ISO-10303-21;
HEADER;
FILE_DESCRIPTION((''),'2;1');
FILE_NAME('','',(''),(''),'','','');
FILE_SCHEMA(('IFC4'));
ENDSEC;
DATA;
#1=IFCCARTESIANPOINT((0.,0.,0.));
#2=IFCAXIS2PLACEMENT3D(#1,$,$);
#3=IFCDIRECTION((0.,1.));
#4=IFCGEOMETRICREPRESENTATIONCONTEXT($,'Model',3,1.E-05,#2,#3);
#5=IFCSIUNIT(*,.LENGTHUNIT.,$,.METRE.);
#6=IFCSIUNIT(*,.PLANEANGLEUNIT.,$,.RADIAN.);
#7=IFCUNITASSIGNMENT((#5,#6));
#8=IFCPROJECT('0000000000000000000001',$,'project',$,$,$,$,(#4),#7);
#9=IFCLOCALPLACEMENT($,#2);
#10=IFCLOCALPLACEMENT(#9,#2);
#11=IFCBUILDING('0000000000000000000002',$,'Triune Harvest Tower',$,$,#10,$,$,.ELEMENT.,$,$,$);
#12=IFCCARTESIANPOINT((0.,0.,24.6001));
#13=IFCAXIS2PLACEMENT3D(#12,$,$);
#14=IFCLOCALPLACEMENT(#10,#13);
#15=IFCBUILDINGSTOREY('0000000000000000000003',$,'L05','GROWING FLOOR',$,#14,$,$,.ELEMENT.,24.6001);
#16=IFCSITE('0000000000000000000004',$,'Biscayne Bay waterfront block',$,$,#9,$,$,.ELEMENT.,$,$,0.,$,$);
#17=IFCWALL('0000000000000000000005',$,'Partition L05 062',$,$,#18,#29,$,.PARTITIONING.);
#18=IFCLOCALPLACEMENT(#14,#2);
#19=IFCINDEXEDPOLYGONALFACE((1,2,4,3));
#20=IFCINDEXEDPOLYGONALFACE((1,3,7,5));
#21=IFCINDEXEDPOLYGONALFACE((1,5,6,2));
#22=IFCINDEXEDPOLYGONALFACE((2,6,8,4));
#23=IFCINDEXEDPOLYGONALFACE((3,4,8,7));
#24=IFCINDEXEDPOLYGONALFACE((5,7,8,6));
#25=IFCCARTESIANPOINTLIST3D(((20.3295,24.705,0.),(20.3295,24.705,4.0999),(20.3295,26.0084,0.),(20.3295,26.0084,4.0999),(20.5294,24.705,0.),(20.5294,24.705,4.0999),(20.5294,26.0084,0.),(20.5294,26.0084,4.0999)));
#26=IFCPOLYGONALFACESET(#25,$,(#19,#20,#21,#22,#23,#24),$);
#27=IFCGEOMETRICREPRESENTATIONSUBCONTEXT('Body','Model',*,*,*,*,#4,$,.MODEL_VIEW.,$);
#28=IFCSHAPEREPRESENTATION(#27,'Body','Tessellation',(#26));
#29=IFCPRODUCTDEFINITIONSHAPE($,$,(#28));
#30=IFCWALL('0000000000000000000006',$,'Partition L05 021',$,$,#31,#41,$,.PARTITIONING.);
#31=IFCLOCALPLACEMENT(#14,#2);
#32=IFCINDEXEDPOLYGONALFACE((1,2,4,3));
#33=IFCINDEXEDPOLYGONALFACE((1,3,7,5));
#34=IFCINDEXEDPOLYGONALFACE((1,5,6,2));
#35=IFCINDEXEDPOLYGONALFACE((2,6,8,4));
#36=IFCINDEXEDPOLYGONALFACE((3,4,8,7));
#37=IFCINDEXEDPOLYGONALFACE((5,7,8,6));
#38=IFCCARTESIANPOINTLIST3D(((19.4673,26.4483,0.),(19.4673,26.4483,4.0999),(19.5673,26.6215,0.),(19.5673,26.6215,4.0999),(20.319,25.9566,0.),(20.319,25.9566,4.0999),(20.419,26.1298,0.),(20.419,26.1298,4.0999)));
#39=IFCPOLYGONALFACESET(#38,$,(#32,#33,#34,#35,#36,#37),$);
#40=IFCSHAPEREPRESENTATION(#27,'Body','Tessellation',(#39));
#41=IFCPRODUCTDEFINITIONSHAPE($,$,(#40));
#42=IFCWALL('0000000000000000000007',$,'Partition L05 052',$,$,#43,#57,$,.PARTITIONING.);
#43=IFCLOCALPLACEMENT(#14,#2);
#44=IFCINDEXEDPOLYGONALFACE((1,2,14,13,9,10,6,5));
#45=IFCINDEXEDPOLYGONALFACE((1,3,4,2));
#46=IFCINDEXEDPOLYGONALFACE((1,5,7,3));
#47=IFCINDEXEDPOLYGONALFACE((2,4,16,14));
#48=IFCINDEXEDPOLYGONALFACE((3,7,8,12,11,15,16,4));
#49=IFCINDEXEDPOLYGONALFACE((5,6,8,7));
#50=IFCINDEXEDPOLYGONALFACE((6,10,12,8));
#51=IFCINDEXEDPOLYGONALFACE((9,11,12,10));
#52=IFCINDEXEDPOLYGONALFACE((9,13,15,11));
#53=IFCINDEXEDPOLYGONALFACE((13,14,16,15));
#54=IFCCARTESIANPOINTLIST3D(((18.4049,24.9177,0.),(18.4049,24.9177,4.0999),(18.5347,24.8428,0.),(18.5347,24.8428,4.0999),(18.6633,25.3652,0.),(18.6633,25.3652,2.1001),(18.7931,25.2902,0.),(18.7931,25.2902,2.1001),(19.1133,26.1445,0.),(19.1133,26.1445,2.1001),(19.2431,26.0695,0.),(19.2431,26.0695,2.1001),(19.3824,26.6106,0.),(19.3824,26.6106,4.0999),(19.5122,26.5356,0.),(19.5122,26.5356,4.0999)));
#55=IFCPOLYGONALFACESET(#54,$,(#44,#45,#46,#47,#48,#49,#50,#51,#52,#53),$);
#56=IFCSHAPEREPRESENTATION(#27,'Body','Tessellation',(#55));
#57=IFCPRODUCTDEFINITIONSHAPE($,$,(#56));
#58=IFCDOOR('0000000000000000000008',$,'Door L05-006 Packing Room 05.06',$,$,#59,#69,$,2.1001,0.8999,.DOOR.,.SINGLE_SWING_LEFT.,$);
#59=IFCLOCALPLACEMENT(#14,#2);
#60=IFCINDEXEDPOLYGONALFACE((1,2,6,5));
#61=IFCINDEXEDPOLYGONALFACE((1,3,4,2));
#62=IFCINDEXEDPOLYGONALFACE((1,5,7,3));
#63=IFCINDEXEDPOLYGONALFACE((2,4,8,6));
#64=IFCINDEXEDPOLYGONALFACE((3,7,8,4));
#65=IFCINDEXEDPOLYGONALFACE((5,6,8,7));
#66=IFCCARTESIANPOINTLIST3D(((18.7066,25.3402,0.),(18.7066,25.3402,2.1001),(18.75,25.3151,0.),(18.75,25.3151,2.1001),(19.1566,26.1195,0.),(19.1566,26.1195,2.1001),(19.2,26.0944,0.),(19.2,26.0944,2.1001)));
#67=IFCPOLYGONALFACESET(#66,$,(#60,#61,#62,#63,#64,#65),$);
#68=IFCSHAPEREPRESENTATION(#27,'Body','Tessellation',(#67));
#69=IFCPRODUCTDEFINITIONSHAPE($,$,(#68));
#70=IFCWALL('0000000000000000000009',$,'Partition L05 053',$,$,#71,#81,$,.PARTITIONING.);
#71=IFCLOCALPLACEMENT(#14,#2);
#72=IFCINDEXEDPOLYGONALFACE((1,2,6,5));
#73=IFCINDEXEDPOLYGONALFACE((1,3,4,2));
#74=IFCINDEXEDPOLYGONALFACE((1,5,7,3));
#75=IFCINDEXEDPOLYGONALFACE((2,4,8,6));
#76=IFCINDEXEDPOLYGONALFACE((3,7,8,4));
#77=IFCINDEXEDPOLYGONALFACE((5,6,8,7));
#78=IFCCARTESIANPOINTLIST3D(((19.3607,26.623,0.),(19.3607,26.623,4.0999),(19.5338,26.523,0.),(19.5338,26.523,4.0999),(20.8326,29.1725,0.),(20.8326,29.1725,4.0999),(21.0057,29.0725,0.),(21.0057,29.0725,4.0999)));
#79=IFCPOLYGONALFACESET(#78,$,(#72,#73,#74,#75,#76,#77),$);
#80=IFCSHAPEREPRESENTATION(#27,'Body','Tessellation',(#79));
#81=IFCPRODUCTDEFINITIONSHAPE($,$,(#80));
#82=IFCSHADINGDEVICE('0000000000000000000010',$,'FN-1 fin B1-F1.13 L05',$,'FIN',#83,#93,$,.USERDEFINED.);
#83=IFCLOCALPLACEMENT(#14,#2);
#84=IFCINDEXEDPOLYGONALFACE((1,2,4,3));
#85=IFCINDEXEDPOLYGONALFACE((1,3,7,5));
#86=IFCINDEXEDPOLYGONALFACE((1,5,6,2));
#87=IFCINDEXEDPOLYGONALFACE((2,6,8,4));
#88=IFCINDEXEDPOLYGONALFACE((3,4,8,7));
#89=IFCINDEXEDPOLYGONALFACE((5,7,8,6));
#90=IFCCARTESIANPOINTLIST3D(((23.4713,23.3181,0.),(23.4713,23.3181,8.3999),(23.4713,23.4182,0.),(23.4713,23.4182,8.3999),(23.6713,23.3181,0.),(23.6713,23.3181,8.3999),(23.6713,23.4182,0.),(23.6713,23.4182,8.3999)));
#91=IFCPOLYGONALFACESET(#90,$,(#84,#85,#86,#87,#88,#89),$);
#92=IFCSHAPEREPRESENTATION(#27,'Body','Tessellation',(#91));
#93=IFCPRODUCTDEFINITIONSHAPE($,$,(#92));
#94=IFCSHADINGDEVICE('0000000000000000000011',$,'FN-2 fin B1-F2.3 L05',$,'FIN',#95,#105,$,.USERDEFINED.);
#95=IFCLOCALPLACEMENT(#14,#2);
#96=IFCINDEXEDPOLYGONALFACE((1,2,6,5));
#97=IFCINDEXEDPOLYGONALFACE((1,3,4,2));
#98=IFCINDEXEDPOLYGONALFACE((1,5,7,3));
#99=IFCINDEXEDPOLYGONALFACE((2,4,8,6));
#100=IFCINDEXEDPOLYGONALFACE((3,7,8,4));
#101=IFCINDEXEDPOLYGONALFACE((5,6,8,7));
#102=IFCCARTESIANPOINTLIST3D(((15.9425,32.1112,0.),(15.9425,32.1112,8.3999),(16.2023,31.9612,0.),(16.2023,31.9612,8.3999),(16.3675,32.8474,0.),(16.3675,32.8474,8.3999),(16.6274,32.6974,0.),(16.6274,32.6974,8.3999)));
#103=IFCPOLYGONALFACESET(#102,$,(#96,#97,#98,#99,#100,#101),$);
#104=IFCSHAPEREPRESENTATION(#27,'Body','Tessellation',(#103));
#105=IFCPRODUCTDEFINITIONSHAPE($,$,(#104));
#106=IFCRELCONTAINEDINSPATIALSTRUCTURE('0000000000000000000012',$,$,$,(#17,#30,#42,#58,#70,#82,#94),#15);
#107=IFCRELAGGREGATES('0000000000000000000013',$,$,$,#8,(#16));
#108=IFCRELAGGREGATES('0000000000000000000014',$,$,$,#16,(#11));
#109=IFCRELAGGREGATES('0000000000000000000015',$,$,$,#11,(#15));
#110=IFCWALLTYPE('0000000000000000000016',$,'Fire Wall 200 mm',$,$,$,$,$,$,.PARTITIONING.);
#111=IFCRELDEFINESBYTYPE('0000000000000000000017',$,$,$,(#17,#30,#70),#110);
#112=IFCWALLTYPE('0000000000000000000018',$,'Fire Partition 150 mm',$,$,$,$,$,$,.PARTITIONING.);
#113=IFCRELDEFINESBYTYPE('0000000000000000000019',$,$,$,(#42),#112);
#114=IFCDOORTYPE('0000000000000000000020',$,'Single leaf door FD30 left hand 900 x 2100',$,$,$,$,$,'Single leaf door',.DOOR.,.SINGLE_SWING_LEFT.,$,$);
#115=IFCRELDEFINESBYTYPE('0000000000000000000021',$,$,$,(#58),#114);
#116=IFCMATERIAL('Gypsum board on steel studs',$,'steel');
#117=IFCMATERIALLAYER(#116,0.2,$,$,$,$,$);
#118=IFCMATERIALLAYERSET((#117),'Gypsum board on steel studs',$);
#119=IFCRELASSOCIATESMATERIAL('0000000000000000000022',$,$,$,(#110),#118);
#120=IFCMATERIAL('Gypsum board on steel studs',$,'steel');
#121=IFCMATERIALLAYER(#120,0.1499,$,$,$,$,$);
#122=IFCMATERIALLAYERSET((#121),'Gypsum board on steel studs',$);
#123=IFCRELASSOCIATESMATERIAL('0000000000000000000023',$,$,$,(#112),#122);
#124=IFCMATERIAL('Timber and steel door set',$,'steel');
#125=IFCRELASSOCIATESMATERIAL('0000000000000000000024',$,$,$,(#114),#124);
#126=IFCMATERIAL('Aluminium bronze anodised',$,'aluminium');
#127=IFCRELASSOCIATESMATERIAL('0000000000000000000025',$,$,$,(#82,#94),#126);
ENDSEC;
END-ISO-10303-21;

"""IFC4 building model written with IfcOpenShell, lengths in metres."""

from ifc_helpers import new_model, si_unit, direction, frame, frame_2d, origin, origin_2d, place, context, subcontext, project, spatial, rectangle, extrude, source, transform, mapped, material, layer, layer_set, type_object, element, fill, save


model = new_model("IFC4")

# Units and contexts
model_context = context("Model", 3, precision=1e-05, world=origin(), true_north=direction((0.0, 1.0)))
body_context = subcontext(model_context, "Body", "Model", "MODEL_VIEW")
ifc_project = project(units=[si_unit("LENGTHUNIT", "METRE"), si_unit("PLANEANGLEUNIT", "RADIAN")], contexts=[model_context])

# Site, building, storey
site_placement = place(None, origin())
site = spatial("IfcSite", under=ifc_project, at=site_placement, Name="Biscayne Bay waterfront block", CompositionType="ELEMENT", RefElevation=0.0)
building_placement = place(site_placement, origin())
building = spatial("IfcBuilding", under=site, at=building_placement, Name="Triune Harvest Tower", CompositionType="ELEMENT")
storey_placement = place(building_placement, frame((0.0, 0.0, 24.6001)))
storey = spatial("IfcBuildingStorey", under=building, at=storey_placement, Name="L05", Description="GROWING FLOOR", CompositionType="ELEMENT", Elevation=24.6001)

# Walls
ifc_material_1 = material(Name="Gypsum board on steel studs", Category="steel")
ifc_layer_1 = layer(ifc_material_1, 0.2)
ifc_layer_set_1 = layer_set([ifc_layer_1], Name="Gypsum board on steel studs")
wall_type_1 = type_object("IfcWallType", Name="Fire Wall 200 mm", PredefinedType="PARTITIONING", material=ifc_layer_set_1)
shared_shape_1 = source(origin(), body_context, "Body", "SweptSolid", [
    extrude(rectangle(XDim=1.3035, YDim=0.2, at=frame_2d((0.6519, 0.0))), origin(), (0.0, 0.0, 1.0), 4.0999),
])
wall_1_placement = place(storey_placement, frame((20.4294, 24.7048, 0.0), z_axis=(0.0, 0.0, 1.0), x_axis=(0.0, 1.0, 0.0)))
element("IfcWall", 1, at=wall_1_placement, inside=storey, type_object=wall_type_1, Name="Partition L05 062", PredefinedType="PARTITIONING", context=body_context, shape_type="MappedRepresentation", body=[
    mapped(shared_shape_1, transform((0.0, 0.0, 0.0), scale=1.0)),
])
shared_shape_2 = source(origin(), body_context, "Body", "SweptSolid", [
    extrude(rectangle(XDim=0.9834, YDim=0.2, at=frame_2d((0.4917, 0.0))), origin(), (0.0, 0.0, 1.0), 4.0999),
])
wall_2_placement = place(storey_placement, frame((19.5173, 26.5349, 0.0), z_axis=(0.0, 0.0, 1.0), x_axis=(0.866004, -0.500038, 0.0)))
element("IfcWall", 2, at=wall_2_placement, inside=storey, type_object=wall_type_1, Name="Partition L05 021", PredefinedType="PARTITIONING", context=body_context, shape_type="MappedRepresentation", body=[
    mapped(shared_shape_2, transform((0.0, 0.0, 0.0), scale=1.0)),
])

# Wall, opening, door
ifc_material_2 = material(Name="Gypsum board on steel studs", Category="steel")
ifc_layer_2 = layer(ifc_material_2, 0.1499)
ifc_layer_set_2 = layer_set([ifc_layer_2], Name="Gypsum board on steel studs")
wall_type_2 = type_object("IfcWallType", Name="Fire Partition 150 mm", PredefinedType="PARTITIONING", material=ifc_layer_set_2)
shared_shape_3 = source(origin(), body_context, "Body", "SweptSolid", [
    extrude(rectangle(XDim=1.9548, YDim=0.1499, at=frame_2d((0.9775, 0.0))), origin(), (0.0, 0.0, 1.0), 4.0999),
])
wall_3_placement = place(storey_placement, frame((18.4697, 24.8801, 0.0), z_axis=(0.0, 0.0, 1.0), x_axis=(0.500061, 0.86599, 0.0)))
wall_3 = element("IfcWall", 3, at=wall_3_placement, inside=storey, type_object=wall_type_2, Name="Partition L05 052", PredefinedType="PARTITIONING", context=body_context, shape_type="MappedRepresentation", body=[
    mapped(shared_shape_3, transform((0.0, 0.0, 0.0), scale=1.0)),
])
opening_placement = place(wall_3_placement, frame((0.5168, 0.0, 0.0)))
opening = element("IfcOpeningElement", 4, at=opening_placement, cuts=wall_3, PredefinedType="OPENING", context=body_context, shape_type="SweptSolid", body=[
    extrude(rectangle(XDim=0.8999, YDim=2.1001, at=frame_2d((0.45, 1.05))), frame((0.0, 0.085, 0.0), z_axis=(0.0, -1.0, 0.0), x_axis=(1.0, 0.0, 0.0)), (0.0, 0.0, 1.0), 0.1699),
])
ifc_material_3 = material(Name="Timber and steel door set", Category="steel")
door_type = type_object("IfcDoorType", Name="Single leaf door FD30 left hand 900 x 2100", ElementType="Single leaf door", OperationType="SINGLE_SWING_LEFT", PredefinedType="DOOR", material=ifc_material_3)
door_placement = place(opening_placement, origin())
door = element("IfcDoor", 5, at=door_placement, inside=storey, type_object=door_type, Name="Door L05-006 Packing Room 05.06", OperationType="SINGLE_SWING_LEFT", OverallHeight=2.1001, OverallWidth=0.8999, PredefinedType="DOOR", context=body_context, shape_type="SweptSolid", body=[
    extrude(rectangle(XDim=0.8999, YDim=2.1001, at=frame_2d((0.45, 1.05))), frame((0.0, 0.0249, 0.0), z_axis=(0.0, -1.0, 0.0), x_axis=(1.0, 0.0, 0.0)), (0.0, 0.0, 1.0), 0.05),
])
fill(opening, door)

# Wall
shared_shape_4 = source(origin(), body_context, "Body", "SweptSolid", [
    extrude(rectangle(XDim=2.9438, YDim=0.2, at=frame_2d((1.4719, 0.0))), origin(), (0.0, 0.0, 1.0), 4.0999),
])
wall_4_placement = place(storey_placement, frame((19.4473, 26.573, 0.0), z_axis=(0.0, 0.0, 1.0), x_axis=(0.499983, 0.866035, 0.0)))
element("IfcWall", 6, at=wall_4_placement, inside=storey, type_object=wall_type_1, Name="Partition L05 053", PredefinedType="PARTITIONING", context=body_context, shape_type="MappedRepresentation", body=[
    mapped(shared_shape_4, transform((0.0, 0.0, 0.0), scale=1.0)),
])

# Shading devices
ifc_material_4 = material(Name="Aluminium bronze anodised", Category="aluminium")
shared_shape_5 = source(origin(), body_context, "Body", "SweptSolid", [
    extrude(rectangle(XDim=0.1001, YDim=0.2, at=origin_2d()), origin(), (0.0, 0.0, 1.0), 8.3999),
])
shading_device_1_placement = place(storey_placement, frame((23.5713, 23.3682, 0.0), z_axis=(0.0, 0.0, 1.0), x_axis=(0.0, 1.0, 0.0)))
element("IfcShadingDevice", 7, at=shading_device_1_placement, inside=storey, material=ifc_material_4, Name="FN-1 fin B1-F1.13 L05", ObjectType="FIN", PredefinedType="USERDEFINED", context=body_context, shape_type="MappedRepresentation", body=[
    mapped(shared_shape_5, transform((0.0, 0.0, 0.0), scale=1.0)),
])
shared_shape_6 = source(origin(), body_context, "Body", "SweptSolid", [
    extrude(rectangle(XDim=0.3, YDim=0.8501, at=origin_2d()), origin(), (0.0, 0.0, 1.0), 8.3999),
])
shading_device_2_placement = place(storey_placement, frame((16.2849, 32.4043, 0.0), z_axis=(0.0, 0.0, 1.0), x_axis=(-0.866026, 0.499999, 0.0)))
element("IfcShadingDevice", 8, at=shading_device_2_placement, inside=storey, material=ifc_material_4, Name="FN-2 fin B1-F2.3 L05", ObjectType="FIN", PredefinedType="USERDEFINED", context=body_context, shape_type="MappedRepresentation", body=[
    mapped(shared_shape_6, transform((0.0, 0.0, 0.0), scale=1.0)),
])

save(model, "model.ifc")
